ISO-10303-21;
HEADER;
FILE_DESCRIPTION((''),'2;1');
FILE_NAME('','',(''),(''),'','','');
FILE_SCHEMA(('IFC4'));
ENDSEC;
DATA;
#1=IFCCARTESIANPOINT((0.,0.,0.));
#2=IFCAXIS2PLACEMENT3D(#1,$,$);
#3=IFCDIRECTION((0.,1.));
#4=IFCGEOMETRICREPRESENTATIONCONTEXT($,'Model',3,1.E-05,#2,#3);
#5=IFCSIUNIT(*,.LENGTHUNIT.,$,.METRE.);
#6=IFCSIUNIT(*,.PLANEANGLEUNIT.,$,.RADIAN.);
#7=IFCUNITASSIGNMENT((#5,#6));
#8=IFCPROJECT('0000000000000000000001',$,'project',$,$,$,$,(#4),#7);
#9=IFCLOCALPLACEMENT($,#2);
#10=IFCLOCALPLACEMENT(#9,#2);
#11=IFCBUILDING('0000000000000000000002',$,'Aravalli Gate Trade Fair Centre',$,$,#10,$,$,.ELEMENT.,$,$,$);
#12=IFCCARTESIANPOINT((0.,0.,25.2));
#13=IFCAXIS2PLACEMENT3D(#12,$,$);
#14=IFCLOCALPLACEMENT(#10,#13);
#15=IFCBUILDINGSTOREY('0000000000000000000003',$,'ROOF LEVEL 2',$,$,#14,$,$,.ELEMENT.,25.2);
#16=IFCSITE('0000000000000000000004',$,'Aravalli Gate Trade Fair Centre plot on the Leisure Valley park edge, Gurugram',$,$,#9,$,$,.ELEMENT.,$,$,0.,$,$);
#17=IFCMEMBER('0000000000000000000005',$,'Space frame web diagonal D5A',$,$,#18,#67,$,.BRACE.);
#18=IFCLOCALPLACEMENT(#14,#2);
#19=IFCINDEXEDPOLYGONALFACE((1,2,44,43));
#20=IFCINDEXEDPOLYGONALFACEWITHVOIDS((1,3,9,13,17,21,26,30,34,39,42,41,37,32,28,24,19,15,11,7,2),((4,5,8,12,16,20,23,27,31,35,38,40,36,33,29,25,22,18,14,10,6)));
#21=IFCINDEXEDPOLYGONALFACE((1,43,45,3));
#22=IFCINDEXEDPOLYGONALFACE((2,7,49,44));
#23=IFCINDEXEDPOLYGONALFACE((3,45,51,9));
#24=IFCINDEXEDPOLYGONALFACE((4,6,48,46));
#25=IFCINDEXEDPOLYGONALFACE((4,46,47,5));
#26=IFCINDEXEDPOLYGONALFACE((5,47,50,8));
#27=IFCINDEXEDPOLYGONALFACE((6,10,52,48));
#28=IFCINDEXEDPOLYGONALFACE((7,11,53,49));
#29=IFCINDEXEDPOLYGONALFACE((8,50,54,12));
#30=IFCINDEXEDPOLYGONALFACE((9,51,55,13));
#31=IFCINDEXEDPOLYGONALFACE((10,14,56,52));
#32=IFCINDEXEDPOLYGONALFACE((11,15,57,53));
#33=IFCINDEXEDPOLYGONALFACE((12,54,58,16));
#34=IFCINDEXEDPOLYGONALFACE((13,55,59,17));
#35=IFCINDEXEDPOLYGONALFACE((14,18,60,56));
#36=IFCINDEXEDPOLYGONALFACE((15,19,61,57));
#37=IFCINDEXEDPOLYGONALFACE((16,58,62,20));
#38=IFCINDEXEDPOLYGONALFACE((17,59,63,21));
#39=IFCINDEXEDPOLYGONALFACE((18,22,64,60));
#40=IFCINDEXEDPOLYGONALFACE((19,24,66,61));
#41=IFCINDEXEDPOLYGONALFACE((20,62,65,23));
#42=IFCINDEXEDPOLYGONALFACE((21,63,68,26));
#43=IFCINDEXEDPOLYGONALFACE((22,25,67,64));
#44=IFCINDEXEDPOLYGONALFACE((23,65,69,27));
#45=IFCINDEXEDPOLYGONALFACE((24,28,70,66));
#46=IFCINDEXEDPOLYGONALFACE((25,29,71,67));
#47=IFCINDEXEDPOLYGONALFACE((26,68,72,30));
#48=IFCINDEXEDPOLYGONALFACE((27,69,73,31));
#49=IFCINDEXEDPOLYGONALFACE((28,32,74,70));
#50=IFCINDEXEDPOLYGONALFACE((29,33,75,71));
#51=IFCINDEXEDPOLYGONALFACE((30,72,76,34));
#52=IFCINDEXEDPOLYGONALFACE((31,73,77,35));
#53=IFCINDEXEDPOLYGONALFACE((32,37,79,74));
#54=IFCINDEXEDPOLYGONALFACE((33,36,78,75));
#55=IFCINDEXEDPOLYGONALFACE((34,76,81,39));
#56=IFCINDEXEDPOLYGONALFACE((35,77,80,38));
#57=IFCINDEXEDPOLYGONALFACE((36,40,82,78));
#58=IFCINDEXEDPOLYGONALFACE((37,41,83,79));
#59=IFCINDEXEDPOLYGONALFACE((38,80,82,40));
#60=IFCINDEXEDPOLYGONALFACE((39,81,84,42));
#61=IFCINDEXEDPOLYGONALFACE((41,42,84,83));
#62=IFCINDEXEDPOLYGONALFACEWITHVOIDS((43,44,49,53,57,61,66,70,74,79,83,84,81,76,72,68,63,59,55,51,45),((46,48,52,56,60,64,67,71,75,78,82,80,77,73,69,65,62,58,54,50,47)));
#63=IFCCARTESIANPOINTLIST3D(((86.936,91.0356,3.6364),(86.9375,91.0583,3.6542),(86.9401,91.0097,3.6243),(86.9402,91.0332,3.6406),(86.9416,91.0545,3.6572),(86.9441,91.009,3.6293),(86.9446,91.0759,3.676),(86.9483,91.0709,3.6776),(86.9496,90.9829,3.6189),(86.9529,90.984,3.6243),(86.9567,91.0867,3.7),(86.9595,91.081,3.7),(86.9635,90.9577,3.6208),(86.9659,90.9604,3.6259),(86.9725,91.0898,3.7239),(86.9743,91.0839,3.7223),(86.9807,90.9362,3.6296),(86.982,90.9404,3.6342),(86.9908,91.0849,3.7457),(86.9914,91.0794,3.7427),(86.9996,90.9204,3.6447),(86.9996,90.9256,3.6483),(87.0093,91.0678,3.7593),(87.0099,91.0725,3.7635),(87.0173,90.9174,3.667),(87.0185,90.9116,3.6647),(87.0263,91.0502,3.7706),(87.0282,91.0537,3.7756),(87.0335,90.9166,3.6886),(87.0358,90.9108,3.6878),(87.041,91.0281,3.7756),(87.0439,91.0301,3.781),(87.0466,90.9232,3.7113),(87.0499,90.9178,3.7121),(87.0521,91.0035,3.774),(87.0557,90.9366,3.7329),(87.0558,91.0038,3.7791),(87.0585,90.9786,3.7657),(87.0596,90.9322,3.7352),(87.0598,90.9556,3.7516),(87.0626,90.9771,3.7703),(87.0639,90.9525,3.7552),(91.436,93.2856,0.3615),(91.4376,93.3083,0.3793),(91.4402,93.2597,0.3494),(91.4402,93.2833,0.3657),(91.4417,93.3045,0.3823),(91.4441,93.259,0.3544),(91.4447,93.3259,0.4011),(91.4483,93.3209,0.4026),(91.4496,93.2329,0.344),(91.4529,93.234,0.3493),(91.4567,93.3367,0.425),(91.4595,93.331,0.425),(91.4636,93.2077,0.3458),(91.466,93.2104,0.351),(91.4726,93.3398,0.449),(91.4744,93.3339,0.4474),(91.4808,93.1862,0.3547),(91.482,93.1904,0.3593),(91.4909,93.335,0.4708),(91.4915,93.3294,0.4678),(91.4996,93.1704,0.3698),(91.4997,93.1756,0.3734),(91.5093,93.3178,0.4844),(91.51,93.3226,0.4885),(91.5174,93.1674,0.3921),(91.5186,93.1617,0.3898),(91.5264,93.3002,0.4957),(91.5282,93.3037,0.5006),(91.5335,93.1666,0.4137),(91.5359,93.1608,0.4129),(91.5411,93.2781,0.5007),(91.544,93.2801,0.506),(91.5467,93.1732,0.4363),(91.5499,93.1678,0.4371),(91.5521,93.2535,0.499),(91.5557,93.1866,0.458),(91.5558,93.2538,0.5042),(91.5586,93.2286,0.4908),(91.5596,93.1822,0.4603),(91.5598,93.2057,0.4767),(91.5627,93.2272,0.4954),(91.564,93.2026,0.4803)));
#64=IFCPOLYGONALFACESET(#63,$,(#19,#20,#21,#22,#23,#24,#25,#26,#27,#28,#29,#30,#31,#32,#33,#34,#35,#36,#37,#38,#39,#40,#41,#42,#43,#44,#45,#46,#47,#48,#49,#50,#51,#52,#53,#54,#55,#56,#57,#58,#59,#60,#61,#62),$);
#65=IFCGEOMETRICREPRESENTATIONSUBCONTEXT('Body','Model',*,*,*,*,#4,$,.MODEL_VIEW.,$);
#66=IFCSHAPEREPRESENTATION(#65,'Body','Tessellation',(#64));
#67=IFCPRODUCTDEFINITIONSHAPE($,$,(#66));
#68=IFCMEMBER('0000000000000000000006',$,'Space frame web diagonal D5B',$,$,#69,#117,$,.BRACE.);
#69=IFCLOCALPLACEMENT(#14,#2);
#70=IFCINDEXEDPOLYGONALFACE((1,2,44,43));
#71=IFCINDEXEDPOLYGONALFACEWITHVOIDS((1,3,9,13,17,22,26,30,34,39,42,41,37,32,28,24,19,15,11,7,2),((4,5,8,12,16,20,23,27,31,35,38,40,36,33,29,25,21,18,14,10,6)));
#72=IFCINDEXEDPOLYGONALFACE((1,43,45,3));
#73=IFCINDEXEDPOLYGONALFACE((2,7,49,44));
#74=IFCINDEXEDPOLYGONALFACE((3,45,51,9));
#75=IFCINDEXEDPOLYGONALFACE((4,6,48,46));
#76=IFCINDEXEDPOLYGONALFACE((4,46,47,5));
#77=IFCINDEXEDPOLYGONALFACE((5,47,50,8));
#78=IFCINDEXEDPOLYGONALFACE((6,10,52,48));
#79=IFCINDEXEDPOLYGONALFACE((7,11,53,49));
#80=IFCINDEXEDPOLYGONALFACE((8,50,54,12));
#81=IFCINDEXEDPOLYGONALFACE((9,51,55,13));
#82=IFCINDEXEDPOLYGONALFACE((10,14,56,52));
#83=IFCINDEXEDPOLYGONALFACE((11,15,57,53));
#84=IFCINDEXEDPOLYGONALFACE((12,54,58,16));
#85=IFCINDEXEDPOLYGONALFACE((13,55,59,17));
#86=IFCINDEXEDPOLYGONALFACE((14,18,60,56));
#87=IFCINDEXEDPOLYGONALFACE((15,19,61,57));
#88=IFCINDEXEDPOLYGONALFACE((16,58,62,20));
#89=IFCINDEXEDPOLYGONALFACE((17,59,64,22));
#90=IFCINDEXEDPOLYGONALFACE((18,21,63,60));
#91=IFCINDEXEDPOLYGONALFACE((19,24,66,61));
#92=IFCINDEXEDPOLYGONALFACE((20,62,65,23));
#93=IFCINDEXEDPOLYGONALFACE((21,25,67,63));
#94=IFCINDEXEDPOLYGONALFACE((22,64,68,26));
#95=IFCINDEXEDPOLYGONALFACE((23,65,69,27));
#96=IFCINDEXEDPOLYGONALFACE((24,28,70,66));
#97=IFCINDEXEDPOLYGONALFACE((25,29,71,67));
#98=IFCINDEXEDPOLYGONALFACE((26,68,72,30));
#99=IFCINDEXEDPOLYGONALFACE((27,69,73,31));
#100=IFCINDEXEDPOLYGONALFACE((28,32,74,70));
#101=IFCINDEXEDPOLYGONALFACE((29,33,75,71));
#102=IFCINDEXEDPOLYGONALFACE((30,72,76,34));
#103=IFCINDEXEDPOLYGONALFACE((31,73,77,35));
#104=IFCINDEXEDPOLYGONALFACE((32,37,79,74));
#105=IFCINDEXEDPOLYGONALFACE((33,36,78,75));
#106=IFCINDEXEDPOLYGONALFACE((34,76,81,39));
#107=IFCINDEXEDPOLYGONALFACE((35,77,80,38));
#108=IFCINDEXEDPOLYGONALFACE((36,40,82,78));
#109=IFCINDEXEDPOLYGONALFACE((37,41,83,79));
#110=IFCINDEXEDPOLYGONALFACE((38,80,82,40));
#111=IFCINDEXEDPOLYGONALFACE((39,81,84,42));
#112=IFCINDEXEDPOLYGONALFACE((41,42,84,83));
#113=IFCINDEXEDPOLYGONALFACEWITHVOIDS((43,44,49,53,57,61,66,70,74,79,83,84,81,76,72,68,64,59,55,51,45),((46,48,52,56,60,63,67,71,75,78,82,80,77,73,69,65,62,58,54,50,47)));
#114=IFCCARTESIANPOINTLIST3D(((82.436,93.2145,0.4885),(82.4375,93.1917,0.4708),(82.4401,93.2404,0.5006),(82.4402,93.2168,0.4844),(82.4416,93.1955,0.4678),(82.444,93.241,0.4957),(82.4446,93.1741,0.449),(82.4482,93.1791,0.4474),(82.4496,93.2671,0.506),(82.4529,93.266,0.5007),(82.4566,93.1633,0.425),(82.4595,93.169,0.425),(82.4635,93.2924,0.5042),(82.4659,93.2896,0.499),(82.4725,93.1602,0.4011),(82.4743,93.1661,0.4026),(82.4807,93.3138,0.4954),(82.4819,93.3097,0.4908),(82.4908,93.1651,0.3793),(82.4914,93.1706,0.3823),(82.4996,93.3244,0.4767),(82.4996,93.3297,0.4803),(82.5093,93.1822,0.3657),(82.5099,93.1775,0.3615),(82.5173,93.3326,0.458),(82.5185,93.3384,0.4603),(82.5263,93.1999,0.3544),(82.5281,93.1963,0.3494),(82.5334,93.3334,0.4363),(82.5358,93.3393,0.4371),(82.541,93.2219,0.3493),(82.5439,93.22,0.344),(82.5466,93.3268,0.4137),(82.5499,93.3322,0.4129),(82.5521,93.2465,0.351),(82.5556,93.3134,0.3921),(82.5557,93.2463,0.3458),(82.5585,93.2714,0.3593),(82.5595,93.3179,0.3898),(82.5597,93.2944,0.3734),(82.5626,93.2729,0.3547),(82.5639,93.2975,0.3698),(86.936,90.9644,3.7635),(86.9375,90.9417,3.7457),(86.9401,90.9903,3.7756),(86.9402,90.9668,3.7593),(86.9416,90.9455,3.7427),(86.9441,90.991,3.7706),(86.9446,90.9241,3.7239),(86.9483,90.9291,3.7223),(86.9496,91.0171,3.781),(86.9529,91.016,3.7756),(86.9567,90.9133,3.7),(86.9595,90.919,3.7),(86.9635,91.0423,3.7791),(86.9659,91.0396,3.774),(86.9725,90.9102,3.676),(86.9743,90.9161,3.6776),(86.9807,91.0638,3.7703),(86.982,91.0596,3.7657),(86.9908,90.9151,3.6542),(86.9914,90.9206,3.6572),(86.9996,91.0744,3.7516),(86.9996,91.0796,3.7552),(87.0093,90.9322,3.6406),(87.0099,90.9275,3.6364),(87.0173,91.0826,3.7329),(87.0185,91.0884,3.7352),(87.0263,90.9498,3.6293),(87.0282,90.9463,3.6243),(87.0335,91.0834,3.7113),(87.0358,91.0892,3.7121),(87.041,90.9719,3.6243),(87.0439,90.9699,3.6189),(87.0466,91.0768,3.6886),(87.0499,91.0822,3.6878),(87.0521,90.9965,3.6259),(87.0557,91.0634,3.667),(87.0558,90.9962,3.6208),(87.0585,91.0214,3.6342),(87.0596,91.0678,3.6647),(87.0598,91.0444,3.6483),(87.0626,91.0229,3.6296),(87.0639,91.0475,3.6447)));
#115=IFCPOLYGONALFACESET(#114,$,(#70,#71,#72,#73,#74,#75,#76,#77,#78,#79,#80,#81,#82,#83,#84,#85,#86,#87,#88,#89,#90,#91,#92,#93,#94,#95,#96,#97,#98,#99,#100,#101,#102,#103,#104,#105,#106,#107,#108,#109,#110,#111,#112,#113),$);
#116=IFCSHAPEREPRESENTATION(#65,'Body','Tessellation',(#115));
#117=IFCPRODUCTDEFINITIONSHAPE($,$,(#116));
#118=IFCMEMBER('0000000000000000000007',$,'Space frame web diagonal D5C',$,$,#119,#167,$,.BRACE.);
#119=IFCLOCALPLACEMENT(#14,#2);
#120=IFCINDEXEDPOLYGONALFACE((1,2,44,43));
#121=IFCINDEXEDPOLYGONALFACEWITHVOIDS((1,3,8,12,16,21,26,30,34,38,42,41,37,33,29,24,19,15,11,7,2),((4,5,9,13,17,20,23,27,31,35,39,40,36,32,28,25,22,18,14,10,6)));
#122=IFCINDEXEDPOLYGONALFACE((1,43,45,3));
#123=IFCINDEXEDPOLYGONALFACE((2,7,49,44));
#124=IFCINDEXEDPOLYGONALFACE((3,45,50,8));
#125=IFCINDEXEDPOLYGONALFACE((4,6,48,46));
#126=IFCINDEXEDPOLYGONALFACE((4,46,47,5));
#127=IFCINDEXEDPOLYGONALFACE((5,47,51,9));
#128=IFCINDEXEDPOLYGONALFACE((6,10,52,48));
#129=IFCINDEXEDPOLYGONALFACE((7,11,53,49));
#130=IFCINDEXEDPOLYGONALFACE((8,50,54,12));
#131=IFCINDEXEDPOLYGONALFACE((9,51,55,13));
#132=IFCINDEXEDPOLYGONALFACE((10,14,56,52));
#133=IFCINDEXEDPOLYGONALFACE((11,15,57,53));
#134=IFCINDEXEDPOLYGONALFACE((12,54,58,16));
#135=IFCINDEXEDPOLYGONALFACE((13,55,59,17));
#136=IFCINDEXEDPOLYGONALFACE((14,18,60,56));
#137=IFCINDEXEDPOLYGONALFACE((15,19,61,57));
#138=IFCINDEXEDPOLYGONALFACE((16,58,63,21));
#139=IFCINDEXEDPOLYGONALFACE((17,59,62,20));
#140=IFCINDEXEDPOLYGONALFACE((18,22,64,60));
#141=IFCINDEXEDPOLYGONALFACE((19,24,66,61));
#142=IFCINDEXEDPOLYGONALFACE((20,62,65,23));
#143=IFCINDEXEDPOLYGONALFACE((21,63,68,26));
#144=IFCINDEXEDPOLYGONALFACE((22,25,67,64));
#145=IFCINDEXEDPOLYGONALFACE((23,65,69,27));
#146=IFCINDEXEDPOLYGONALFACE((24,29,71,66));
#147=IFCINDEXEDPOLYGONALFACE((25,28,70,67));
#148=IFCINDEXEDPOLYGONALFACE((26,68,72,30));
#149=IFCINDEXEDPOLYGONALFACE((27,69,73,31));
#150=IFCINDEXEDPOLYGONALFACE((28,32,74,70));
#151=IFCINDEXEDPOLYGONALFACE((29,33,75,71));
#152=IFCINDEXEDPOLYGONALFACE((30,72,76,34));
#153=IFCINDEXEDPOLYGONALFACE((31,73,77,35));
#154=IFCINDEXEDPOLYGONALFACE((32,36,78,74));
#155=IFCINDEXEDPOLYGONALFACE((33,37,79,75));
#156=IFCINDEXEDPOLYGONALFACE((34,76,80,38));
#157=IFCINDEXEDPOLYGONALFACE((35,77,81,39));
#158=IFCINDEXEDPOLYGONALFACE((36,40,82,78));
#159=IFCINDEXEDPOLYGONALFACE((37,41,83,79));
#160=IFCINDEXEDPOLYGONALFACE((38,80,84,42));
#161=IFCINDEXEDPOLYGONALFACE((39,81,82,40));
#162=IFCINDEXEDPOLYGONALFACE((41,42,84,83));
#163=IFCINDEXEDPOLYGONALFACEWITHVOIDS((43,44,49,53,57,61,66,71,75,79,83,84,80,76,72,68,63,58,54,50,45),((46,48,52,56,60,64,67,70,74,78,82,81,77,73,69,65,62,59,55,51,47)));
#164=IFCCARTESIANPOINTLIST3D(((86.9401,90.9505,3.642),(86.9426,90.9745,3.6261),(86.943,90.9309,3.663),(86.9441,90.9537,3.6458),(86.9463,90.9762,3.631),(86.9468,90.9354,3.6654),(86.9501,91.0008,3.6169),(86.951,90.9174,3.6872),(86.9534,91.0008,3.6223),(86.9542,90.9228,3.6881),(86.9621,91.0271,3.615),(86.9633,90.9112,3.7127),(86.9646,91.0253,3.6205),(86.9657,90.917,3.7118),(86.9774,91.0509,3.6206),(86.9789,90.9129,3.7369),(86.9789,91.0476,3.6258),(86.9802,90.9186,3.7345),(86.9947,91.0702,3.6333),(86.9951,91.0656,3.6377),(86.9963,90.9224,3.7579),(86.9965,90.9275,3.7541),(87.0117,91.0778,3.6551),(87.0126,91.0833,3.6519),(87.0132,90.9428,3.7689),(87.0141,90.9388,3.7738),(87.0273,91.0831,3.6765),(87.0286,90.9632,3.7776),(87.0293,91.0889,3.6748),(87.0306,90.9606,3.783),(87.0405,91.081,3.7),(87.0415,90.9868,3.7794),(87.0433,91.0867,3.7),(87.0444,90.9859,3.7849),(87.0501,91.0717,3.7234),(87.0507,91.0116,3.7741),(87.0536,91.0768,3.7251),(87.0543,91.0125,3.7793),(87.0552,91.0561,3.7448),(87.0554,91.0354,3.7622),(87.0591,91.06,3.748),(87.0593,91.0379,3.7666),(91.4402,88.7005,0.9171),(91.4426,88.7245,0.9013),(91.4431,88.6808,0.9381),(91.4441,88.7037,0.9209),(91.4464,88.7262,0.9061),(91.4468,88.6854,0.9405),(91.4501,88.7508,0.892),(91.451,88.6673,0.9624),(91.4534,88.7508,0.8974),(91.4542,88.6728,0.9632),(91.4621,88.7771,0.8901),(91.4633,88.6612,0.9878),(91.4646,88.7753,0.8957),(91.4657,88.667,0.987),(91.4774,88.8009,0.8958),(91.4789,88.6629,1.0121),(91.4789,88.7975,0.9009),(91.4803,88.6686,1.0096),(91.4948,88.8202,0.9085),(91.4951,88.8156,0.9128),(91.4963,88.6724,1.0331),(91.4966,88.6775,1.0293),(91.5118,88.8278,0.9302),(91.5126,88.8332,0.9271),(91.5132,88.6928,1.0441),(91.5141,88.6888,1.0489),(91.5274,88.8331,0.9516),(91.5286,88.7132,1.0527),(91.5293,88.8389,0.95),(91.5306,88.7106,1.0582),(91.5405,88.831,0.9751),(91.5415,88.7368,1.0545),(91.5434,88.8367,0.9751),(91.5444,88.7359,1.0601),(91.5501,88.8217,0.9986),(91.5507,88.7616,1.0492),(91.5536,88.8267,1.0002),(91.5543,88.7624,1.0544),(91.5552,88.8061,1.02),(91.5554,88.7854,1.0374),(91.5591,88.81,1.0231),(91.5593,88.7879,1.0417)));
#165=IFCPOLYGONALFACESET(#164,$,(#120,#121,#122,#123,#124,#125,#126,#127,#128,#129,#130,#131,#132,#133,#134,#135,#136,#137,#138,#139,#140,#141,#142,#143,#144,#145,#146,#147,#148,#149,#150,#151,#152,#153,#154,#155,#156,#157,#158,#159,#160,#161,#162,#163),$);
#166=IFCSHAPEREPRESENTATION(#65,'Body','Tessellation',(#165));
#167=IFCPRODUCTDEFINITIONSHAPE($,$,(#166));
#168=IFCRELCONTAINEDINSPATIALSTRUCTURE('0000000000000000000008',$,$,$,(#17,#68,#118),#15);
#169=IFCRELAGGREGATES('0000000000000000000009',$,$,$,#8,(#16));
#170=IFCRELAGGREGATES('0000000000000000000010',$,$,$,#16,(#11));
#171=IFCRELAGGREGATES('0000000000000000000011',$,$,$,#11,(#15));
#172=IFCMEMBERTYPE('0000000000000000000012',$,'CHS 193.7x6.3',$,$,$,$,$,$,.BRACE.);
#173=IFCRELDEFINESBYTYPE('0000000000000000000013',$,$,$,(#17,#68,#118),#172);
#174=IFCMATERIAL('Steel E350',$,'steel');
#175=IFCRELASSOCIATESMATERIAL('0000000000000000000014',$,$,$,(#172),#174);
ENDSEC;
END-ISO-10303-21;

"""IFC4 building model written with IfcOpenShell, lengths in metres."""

from ifc_helpers import new_model, si_unit, direction, frame, origin, origin_2d, place, context, subcontext, project, spatial, hollow_circle, extrude, material, material_profile, profile_set, type_object, element, save


model = new_model("IFC4")

# Units and contexts
model_context = context("Model", 3, precision=1e-05, world=origin(), true_north=direction((0.0, 1.0)))
body_context = subcontext(model_context, "Body", "Model", "MODEL_VIEW")
ifc_project = project(units=[si_unit("LENGTHUNIT", "METRE"), si_unit("PLANEANGLEUNIT", "RADIAN")], contexts=[model_context])

# Site, building, storey
site_placement = place(None, origin())
site = spatial("IfcSite", under=ifc_project, at=site_placement, Name="Aravalli Gate Trade Fair Centre plot on the Leisure Valley park edge, Gurugram", CompositionType="ELEMENT", RefElevation=0.0)
building_placement = place(site_placement, origin())
building = spatial("IfcBuilding", under=site, at=building_placement, Name="Aravalli Gate Trade Fair Centre", CompositionType="ELEMENT")
storey_placement = place(building_placement, frame((0.0, 0.0, 25.2)))
storey = spatial("IfcBuildingStorey", under=building, at=storey_placement, Name="ROOF LEVEL 2", CompositionType="ELEMENT", Elevation=25.2)

# Members
ifc_material = material(Name="Steel E350", Category="steel")
ifc_material_profile_1 = material_profile(ifc_material, hollow_circle(Radius=0.0969, WallThickness=0.0063, at=origin_2d()), Name="CHS 193.7x6.3")
ifc_profile_set_1 = profile_set([ifc_material_profile_1], Name="Steel E350")
member_type_1 = type_object("IfcMemberType", Name="CHS 193.7x6.3", PredefinedType="BRACE", material=ifc_profile_set_1)
for number, where, z_axis, x_axis, name in (
    (1, (87.0, 91.0, 3.7), (0.74961, 0.374805, -0.545533), (-0.447214, 0.894427, 0.0), "Space frame web diagonal D5A"),
    (2, (87.0, 91.0, 3.7), (-0.74961, 0.374805, -0.545533), (-0.447214, -0.894427, 0.0), "Space frame web diagonal D5B"),
):
    element("IfcMember", number, at=place(storey_placement, frame(where, z_axis=z_axis, x_axis=x_axis)), inside=storey, type_object=member_type_1, Name=name, PredefinedType="BRACE", context=body_context, shape_type="SweptSolid", body=[
        extrude(hollow_circle(Radius=0.0969, WallThickness=0.0063, at=origin_2d()), origin(), (0.0, 0.0, 1.0), 6.0032),
    ])
for number, where, z_axis, x_axis, name in (
    (3, (87.0, 91.0, 3.7), (0.786486, -0.393243, -0.476235), (0.447214, 0.894427, 0.0), "Space frame web diagonal D5C"),
):
    element("IfcMember", number, at=place(storey_placement, frame(where, z_axis=z_axis, x_axis=x_axis)), inside=storey, type_object=member_type_1, Name=name, PredefinedType="BRACE", context=body_context, shape_type="SweptSolid", body=[
        extrude(hollow_circle(Radius=0.0969, WallThickness=0.0063, at=origin_2d()), origin(), (0.0, 0.0, 1.0), 5.7217),
    ])

save(model, "model.ifc")
